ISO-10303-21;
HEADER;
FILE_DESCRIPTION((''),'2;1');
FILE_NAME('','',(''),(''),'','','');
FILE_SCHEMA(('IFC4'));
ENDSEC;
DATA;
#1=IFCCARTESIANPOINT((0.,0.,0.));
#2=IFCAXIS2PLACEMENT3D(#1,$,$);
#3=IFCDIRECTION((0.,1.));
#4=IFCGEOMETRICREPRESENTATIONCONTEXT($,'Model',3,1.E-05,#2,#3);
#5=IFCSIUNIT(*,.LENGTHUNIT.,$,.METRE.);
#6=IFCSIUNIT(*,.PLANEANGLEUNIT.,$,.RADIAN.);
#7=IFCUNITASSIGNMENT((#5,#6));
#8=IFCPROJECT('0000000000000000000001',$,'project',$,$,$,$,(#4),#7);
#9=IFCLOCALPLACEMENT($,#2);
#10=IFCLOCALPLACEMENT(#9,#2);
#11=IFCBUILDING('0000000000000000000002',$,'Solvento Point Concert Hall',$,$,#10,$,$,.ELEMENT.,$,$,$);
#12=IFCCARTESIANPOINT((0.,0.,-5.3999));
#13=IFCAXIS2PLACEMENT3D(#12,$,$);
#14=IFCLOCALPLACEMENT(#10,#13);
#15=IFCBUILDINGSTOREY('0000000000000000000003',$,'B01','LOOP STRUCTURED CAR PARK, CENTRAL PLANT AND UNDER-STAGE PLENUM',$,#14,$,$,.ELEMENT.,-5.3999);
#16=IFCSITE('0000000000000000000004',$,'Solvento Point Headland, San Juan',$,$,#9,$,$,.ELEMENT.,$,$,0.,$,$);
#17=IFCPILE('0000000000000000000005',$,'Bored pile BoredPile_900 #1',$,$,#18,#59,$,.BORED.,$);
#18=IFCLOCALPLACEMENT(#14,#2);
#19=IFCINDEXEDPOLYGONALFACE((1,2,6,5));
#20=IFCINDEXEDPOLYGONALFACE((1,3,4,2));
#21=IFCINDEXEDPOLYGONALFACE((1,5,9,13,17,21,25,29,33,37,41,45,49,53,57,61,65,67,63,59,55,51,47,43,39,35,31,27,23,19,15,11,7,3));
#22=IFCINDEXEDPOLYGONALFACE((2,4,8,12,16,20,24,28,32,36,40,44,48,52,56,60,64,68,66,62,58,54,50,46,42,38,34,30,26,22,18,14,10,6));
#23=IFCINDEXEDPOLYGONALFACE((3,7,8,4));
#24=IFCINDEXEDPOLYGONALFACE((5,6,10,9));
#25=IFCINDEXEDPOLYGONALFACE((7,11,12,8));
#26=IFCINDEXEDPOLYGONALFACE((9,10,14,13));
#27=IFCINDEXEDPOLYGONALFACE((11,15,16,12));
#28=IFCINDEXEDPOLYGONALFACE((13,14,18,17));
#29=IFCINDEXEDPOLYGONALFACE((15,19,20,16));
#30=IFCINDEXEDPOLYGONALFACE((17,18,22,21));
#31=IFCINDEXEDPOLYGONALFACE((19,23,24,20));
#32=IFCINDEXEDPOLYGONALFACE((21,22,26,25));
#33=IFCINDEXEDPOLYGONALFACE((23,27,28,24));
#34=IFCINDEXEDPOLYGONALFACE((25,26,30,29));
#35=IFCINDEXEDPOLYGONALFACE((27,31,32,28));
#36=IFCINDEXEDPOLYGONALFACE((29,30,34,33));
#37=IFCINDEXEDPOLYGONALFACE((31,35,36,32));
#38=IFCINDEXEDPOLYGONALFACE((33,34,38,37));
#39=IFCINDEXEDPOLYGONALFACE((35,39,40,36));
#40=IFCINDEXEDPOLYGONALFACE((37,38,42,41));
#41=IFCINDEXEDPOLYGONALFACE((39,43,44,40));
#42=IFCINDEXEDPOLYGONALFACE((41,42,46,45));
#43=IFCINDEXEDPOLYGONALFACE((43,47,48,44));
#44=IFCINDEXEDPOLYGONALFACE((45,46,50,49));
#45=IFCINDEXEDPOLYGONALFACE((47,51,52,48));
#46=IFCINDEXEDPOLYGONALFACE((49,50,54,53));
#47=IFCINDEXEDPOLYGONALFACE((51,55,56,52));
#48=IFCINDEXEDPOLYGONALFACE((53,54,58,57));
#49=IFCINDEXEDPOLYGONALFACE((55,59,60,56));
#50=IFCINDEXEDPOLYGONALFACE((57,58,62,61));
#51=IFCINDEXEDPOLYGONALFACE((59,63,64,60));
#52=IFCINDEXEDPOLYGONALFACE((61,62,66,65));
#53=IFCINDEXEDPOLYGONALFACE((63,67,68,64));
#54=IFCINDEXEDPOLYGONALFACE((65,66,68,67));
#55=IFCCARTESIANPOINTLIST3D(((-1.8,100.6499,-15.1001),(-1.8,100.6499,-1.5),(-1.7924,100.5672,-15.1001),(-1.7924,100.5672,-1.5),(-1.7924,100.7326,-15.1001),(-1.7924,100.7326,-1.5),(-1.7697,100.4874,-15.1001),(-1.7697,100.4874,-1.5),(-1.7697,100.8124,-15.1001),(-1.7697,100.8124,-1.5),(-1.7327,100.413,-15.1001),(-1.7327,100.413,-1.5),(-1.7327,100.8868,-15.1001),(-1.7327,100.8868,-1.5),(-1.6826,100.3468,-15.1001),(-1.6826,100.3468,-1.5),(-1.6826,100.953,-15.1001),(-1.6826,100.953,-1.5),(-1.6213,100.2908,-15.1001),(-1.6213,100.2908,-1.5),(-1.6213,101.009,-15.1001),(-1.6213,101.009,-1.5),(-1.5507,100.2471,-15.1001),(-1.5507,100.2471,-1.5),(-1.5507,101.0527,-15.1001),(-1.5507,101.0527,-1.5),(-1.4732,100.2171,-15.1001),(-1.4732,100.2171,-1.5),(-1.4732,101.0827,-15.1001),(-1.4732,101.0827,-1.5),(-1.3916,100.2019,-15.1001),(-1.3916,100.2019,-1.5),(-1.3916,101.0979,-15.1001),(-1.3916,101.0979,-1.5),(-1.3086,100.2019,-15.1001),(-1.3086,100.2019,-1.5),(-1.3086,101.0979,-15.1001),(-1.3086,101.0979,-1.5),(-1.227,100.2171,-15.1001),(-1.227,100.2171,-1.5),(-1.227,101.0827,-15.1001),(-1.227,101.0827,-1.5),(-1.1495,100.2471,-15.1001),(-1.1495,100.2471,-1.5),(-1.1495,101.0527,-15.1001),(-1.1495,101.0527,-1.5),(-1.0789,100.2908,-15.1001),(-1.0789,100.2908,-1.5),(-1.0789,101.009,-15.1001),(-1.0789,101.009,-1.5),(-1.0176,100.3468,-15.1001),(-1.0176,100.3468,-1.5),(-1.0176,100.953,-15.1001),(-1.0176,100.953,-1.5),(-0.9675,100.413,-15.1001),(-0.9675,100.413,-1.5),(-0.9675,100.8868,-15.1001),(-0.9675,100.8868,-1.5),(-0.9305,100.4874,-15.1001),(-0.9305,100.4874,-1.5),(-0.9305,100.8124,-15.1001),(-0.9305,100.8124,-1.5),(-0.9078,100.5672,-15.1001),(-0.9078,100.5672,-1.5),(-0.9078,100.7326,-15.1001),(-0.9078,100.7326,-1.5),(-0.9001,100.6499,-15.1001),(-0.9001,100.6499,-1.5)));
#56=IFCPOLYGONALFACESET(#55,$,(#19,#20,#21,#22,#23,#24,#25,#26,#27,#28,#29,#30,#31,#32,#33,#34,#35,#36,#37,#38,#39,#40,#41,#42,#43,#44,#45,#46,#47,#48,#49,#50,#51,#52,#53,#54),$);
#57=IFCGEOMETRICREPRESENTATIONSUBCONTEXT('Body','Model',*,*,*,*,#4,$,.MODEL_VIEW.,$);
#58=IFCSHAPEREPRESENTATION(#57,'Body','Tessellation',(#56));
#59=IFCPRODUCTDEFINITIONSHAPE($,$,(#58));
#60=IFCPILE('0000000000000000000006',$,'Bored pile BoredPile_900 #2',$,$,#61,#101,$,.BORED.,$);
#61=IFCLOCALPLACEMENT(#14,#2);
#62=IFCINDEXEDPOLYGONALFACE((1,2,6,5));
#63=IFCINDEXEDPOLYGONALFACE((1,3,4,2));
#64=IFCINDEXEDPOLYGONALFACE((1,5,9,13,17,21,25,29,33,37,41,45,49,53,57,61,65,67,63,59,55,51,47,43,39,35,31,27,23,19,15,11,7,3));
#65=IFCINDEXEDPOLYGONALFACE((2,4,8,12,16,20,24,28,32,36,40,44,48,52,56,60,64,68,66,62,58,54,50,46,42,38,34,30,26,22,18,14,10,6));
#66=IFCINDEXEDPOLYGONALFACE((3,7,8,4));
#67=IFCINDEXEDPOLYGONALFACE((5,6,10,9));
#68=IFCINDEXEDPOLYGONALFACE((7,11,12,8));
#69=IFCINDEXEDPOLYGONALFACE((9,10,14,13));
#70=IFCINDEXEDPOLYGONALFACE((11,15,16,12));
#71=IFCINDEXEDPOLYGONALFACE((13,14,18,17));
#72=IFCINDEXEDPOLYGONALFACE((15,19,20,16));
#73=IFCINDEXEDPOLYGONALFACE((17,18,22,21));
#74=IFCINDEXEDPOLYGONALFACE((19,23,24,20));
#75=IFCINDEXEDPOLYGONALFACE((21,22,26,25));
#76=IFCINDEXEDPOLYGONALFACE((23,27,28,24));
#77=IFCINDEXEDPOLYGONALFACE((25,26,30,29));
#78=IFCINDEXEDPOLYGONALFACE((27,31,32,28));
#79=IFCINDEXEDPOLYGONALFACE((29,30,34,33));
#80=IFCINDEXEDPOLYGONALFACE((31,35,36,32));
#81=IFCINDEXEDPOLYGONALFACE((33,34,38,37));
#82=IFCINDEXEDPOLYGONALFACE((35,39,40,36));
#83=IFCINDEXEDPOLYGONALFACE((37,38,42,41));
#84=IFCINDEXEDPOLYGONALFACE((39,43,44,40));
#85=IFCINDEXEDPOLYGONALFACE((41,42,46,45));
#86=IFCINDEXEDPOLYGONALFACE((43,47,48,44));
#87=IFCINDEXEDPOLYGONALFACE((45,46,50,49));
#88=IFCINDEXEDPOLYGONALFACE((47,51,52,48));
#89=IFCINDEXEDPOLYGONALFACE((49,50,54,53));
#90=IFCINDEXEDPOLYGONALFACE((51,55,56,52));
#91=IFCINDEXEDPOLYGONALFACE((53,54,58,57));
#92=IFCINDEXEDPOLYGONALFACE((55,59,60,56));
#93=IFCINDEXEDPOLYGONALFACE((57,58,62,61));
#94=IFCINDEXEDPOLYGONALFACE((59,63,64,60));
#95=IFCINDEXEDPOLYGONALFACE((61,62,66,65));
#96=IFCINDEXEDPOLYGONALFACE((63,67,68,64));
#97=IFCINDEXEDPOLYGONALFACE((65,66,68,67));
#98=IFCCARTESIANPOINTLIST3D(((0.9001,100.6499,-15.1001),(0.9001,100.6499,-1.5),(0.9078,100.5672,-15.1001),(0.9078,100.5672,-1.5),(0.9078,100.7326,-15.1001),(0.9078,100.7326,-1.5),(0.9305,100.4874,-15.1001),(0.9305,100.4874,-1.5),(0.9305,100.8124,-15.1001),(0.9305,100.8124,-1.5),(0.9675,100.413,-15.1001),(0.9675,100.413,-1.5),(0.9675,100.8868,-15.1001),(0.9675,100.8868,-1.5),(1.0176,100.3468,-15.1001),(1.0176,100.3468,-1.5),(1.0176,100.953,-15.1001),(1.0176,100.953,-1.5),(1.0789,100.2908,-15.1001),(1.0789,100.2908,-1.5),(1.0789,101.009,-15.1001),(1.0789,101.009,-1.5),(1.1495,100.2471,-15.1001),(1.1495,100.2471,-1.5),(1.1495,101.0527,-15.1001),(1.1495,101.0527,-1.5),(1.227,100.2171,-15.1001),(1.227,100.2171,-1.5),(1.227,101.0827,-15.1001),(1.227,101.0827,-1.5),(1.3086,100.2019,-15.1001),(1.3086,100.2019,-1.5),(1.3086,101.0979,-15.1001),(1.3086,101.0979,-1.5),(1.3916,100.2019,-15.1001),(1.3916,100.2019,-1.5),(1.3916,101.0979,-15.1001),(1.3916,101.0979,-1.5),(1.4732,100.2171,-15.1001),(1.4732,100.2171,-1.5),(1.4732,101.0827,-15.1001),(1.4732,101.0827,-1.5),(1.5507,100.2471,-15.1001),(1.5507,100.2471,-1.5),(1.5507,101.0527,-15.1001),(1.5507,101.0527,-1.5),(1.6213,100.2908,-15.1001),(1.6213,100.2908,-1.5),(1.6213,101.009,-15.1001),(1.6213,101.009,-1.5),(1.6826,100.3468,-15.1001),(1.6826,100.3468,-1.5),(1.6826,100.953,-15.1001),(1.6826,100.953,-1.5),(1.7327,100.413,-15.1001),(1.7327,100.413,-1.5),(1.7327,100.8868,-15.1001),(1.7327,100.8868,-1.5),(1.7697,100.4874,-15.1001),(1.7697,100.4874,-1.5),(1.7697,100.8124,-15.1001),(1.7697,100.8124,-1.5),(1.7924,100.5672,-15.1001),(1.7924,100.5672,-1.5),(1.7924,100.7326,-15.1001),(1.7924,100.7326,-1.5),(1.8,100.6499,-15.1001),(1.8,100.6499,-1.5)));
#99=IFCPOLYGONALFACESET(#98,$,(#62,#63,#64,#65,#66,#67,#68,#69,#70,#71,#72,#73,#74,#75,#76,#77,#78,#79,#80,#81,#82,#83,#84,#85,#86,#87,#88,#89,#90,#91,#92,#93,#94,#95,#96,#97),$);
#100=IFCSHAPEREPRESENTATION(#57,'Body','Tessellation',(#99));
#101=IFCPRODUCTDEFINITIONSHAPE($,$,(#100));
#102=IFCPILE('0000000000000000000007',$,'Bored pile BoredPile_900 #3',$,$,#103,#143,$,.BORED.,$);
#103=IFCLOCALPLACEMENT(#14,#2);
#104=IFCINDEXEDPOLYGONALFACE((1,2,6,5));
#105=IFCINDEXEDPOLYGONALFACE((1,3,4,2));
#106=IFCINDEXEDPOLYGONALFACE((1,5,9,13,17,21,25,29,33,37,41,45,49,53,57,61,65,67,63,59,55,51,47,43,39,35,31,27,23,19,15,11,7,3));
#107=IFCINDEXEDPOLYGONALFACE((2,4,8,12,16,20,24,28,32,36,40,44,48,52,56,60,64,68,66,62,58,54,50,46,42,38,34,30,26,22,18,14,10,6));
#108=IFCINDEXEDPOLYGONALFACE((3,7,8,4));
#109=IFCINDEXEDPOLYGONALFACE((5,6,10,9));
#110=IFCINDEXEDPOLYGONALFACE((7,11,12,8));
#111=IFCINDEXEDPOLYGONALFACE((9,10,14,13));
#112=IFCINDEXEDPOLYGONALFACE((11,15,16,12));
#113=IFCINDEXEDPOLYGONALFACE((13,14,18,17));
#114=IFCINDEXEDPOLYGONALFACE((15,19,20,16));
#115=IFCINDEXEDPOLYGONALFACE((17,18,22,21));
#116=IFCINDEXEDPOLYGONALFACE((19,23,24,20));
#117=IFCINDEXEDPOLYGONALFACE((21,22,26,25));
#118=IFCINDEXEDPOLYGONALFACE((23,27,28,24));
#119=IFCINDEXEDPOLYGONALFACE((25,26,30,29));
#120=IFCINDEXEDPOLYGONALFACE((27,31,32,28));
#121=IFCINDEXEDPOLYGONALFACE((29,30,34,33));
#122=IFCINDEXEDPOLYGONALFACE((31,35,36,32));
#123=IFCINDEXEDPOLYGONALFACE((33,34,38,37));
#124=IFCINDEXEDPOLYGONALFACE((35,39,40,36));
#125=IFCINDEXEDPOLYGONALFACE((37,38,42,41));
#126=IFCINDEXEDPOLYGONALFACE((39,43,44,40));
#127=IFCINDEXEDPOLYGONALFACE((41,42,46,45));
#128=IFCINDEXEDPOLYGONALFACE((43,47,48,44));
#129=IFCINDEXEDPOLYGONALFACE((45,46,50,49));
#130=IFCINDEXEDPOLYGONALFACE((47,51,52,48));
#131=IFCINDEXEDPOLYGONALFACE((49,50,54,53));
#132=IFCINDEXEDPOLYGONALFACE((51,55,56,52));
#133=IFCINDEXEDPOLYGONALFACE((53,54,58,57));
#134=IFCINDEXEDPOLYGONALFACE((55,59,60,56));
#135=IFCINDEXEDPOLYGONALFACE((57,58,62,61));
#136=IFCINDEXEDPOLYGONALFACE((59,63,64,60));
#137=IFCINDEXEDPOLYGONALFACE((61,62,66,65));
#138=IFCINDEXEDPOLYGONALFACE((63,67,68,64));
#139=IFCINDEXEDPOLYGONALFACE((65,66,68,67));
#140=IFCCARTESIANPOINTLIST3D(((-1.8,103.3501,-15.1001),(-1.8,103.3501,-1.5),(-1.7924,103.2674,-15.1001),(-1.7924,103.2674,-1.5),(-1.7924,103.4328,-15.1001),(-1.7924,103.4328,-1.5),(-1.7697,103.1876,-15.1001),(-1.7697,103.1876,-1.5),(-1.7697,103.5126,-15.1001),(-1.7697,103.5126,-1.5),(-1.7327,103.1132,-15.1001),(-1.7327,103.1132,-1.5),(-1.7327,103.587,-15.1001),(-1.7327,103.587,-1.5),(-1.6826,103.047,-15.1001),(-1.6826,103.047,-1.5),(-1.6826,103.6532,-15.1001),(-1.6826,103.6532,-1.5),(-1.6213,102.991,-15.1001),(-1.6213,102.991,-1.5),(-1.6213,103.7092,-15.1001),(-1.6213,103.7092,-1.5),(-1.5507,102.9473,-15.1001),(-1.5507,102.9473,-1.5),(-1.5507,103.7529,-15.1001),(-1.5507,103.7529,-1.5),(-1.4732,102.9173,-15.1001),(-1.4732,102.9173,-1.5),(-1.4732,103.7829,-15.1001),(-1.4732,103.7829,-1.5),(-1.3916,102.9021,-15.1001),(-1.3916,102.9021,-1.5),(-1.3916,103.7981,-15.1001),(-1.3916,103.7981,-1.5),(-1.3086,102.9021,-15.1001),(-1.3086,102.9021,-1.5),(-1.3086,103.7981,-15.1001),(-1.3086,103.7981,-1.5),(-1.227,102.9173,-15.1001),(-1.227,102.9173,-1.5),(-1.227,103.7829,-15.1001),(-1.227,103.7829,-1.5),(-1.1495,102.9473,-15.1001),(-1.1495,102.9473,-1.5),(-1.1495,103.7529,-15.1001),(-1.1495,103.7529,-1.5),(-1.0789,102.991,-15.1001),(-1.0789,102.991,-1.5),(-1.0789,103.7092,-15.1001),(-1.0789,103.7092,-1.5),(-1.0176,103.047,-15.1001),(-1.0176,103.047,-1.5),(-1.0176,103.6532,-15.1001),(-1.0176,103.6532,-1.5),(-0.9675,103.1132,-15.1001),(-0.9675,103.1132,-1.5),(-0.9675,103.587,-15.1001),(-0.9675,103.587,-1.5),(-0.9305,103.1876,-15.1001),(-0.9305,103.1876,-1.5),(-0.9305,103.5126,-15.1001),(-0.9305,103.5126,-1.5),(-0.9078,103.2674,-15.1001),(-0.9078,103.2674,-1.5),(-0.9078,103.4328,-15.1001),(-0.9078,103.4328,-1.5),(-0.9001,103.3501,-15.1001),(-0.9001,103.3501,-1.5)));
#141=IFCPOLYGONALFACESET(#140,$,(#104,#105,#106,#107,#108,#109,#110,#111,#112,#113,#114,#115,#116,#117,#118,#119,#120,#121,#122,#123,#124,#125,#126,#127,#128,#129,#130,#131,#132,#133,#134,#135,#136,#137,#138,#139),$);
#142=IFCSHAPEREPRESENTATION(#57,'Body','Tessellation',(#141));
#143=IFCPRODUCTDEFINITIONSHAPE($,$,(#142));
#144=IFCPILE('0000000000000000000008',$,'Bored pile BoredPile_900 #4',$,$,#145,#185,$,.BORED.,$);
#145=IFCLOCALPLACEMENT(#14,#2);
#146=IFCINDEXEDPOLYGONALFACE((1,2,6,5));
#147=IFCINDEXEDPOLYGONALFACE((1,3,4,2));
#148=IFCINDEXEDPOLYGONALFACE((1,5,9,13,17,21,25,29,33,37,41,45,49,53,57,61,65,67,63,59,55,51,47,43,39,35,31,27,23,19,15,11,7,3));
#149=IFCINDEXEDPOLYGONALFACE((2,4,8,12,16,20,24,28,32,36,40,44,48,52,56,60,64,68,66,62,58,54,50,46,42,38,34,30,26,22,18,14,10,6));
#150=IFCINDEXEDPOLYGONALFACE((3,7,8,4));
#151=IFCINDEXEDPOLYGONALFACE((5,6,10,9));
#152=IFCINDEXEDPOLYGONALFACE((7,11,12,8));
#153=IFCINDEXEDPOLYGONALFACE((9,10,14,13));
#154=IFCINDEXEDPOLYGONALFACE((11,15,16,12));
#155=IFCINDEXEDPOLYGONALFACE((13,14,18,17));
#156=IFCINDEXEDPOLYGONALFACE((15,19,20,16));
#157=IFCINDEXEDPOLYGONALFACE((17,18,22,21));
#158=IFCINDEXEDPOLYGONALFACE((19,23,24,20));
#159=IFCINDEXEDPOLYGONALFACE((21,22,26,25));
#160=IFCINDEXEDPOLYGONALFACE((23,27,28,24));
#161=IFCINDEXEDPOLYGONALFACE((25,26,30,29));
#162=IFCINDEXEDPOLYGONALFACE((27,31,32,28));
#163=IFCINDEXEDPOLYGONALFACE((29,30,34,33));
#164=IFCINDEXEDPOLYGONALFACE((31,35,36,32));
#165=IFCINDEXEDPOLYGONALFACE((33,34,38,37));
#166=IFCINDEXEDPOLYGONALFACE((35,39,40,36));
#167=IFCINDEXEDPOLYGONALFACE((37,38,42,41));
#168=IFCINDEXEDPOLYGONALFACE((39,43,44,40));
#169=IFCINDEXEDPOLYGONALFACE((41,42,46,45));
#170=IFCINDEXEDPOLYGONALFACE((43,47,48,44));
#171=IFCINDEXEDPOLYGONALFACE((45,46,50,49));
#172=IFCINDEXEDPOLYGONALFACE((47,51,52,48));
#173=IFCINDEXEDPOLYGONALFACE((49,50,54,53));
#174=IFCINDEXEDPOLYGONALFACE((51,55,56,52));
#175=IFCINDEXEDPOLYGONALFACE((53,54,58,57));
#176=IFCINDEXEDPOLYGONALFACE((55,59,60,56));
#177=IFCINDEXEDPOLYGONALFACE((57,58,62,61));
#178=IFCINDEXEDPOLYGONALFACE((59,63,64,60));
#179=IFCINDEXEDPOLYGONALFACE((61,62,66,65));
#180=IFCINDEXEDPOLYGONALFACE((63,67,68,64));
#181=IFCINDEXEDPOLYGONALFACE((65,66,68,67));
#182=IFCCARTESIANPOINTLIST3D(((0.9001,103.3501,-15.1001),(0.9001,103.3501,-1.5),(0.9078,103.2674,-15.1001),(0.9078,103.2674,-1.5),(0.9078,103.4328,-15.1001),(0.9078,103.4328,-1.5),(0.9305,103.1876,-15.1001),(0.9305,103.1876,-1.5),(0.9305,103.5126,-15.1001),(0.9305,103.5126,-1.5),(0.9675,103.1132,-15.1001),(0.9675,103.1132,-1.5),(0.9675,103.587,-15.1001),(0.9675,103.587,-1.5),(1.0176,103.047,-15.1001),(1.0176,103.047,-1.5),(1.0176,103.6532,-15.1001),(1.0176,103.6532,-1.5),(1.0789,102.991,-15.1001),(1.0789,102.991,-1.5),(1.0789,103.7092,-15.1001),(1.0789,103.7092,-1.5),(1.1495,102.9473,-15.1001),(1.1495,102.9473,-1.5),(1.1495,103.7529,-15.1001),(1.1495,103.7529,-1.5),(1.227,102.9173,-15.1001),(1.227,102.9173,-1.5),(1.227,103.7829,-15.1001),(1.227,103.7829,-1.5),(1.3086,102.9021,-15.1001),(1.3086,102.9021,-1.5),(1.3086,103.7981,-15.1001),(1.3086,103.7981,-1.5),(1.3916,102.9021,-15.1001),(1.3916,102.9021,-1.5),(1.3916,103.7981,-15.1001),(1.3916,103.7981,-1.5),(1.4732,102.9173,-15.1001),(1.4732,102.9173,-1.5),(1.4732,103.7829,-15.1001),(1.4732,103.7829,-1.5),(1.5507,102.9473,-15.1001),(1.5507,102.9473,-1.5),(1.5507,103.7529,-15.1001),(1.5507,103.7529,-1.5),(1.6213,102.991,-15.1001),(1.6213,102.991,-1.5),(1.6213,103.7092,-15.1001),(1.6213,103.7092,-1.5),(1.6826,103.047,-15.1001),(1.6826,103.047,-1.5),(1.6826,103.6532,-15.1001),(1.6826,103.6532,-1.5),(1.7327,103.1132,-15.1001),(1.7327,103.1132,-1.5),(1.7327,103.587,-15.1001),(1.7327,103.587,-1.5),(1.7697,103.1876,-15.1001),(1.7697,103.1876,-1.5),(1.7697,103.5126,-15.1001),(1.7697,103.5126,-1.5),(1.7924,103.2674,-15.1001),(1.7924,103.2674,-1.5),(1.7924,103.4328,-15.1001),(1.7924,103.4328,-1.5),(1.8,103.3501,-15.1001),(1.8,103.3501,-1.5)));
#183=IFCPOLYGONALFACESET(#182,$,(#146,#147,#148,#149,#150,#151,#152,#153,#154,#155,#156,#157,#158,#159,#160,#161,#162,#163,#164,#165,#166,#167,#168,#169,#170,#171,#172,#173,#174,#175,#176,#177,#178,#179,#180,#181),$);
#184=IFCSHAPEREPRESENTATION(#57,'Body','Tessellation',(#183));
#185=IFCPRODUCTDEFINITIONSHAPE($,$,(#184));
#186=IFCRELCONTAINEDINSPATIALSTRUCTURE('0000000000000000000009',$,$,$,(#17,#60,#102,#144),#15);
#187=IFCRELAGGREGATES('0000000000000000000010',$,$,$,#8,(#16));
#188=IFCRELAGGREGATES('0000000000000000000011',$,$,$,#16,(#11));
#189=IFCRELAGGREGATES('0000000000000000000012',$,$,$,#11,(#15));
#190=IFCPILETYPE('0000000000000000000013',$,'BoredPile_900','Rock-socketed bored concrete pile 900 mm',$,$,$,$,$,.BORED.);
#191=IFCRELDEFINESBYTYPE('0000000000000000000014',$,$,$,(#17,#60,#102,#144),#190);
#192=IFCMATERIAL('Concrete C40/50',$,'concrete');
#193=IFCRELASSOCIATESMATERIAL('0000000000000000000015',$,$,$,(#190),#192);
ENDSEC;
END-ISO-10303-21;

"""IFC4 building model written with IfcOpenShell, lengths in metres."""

from ifc_helpers import new_model, si_unit, direction, frame, origin, origin_2d, place, context, subcontext, project, spatial, circle, extrude, material, material_profile, profile_set, type_object, element, save


model = new_model("IFC4")

# Units and contexts
model_context = context("Model", 3, precision=1e-05, world=origin(), true_north=direction((0.0, 1.0)))
body_context = subcontext(model_context, "Body", "Model", "MODEL_VIEW")
ifc_project = project(units=[si_unit("LENGTHUNIT", "METRE"), si_unit("PLANEANGLEUNIT", "RADIAN")], contexts=[model_context])

# Site, building, storey
site_placement = place(None, origin())
site = spatial("IfcSite", under=ifc_project, at=site_placement, Name="Solvento Point Headland, San Juan", CompositionType="ELEMENT", RefElevation=0.0)
building_placement = place(site_placement, origin())
building = spatial("IfcBuilding", under=site, at=building_placement, Name="Solvento Point Concert Hall", CompositionType="ELEMENT")
storey_placement = place(building_placement, frame((0.0, 0.0, -5.3999)))
storey = spatial("IfcBuildingStorey", under=building, at=storey_placement, Name="B01", Description="LOOP STRUCTURED CAR PARK, CENTRAL PLANT AND UNDER-STAGE PLENUM", CompositionType="ELEMENT", Elevation=-5.3999)

# Piles
ifc_material_1 = material(Name="Concrete C40/50", Category="concrete")
ifc_material_profile_1 = material_profile(ifc_material_1, circle(Radius=0.45, at=origin_2d()), Name="BP-900")
ifc_profile_set_1 = profile_set([ifc_material_profile_1], Name="Concrete C40/50")
pile_type_1 = type_object("IfcPileType", Name="BoredPile_900", Description="Rock-socketed bored concrete pile 900 mm", PredefinedType="BORED", material=ifc_profile_set_1)
for number, where, z_axis, x_axis, name in (
    (1, (-1.3501, 100.6499, -1.5), (0.0, 0.0, -1.0), (1.0, 0.0, 0.0), "Bored pile BoredPile_900 #1"),
    (2, (1.3501, 100.6499, -1.5), (0.0, 0.0, -1.0), (1.0, 0.0, 0.0), "Bored pile BoredPile_900 #2"),
    (3, (-1.3501, 103.3501, -1.5), (0.0, 0.0, -1.0), (1.0, 0.0, 0.0), "Bored pile BoredPile_900 #3"),
    (4, (1.3501, 103.3501, -1.5), (0.0, 0.0, -1.0), (1.0, 0.0, 0.0), "Bored pile BoredPile_900 #4"),
):
    element("IfcPile", number, at=place(storey_placement, frame(where, z_axis=z_axis, x_axis=x_axis)), inside=storey, type_object=pile_type_1, Name=name, PredefinedType="BORED", context=body_context, shape_type="SweptSolid", body=[
        extrude(circle(Radius=0.45, at=origin_2d()), origin(), (0.0, 0.0, 1.0), 13.6001),
    ])

save(model, "model.ifc")
